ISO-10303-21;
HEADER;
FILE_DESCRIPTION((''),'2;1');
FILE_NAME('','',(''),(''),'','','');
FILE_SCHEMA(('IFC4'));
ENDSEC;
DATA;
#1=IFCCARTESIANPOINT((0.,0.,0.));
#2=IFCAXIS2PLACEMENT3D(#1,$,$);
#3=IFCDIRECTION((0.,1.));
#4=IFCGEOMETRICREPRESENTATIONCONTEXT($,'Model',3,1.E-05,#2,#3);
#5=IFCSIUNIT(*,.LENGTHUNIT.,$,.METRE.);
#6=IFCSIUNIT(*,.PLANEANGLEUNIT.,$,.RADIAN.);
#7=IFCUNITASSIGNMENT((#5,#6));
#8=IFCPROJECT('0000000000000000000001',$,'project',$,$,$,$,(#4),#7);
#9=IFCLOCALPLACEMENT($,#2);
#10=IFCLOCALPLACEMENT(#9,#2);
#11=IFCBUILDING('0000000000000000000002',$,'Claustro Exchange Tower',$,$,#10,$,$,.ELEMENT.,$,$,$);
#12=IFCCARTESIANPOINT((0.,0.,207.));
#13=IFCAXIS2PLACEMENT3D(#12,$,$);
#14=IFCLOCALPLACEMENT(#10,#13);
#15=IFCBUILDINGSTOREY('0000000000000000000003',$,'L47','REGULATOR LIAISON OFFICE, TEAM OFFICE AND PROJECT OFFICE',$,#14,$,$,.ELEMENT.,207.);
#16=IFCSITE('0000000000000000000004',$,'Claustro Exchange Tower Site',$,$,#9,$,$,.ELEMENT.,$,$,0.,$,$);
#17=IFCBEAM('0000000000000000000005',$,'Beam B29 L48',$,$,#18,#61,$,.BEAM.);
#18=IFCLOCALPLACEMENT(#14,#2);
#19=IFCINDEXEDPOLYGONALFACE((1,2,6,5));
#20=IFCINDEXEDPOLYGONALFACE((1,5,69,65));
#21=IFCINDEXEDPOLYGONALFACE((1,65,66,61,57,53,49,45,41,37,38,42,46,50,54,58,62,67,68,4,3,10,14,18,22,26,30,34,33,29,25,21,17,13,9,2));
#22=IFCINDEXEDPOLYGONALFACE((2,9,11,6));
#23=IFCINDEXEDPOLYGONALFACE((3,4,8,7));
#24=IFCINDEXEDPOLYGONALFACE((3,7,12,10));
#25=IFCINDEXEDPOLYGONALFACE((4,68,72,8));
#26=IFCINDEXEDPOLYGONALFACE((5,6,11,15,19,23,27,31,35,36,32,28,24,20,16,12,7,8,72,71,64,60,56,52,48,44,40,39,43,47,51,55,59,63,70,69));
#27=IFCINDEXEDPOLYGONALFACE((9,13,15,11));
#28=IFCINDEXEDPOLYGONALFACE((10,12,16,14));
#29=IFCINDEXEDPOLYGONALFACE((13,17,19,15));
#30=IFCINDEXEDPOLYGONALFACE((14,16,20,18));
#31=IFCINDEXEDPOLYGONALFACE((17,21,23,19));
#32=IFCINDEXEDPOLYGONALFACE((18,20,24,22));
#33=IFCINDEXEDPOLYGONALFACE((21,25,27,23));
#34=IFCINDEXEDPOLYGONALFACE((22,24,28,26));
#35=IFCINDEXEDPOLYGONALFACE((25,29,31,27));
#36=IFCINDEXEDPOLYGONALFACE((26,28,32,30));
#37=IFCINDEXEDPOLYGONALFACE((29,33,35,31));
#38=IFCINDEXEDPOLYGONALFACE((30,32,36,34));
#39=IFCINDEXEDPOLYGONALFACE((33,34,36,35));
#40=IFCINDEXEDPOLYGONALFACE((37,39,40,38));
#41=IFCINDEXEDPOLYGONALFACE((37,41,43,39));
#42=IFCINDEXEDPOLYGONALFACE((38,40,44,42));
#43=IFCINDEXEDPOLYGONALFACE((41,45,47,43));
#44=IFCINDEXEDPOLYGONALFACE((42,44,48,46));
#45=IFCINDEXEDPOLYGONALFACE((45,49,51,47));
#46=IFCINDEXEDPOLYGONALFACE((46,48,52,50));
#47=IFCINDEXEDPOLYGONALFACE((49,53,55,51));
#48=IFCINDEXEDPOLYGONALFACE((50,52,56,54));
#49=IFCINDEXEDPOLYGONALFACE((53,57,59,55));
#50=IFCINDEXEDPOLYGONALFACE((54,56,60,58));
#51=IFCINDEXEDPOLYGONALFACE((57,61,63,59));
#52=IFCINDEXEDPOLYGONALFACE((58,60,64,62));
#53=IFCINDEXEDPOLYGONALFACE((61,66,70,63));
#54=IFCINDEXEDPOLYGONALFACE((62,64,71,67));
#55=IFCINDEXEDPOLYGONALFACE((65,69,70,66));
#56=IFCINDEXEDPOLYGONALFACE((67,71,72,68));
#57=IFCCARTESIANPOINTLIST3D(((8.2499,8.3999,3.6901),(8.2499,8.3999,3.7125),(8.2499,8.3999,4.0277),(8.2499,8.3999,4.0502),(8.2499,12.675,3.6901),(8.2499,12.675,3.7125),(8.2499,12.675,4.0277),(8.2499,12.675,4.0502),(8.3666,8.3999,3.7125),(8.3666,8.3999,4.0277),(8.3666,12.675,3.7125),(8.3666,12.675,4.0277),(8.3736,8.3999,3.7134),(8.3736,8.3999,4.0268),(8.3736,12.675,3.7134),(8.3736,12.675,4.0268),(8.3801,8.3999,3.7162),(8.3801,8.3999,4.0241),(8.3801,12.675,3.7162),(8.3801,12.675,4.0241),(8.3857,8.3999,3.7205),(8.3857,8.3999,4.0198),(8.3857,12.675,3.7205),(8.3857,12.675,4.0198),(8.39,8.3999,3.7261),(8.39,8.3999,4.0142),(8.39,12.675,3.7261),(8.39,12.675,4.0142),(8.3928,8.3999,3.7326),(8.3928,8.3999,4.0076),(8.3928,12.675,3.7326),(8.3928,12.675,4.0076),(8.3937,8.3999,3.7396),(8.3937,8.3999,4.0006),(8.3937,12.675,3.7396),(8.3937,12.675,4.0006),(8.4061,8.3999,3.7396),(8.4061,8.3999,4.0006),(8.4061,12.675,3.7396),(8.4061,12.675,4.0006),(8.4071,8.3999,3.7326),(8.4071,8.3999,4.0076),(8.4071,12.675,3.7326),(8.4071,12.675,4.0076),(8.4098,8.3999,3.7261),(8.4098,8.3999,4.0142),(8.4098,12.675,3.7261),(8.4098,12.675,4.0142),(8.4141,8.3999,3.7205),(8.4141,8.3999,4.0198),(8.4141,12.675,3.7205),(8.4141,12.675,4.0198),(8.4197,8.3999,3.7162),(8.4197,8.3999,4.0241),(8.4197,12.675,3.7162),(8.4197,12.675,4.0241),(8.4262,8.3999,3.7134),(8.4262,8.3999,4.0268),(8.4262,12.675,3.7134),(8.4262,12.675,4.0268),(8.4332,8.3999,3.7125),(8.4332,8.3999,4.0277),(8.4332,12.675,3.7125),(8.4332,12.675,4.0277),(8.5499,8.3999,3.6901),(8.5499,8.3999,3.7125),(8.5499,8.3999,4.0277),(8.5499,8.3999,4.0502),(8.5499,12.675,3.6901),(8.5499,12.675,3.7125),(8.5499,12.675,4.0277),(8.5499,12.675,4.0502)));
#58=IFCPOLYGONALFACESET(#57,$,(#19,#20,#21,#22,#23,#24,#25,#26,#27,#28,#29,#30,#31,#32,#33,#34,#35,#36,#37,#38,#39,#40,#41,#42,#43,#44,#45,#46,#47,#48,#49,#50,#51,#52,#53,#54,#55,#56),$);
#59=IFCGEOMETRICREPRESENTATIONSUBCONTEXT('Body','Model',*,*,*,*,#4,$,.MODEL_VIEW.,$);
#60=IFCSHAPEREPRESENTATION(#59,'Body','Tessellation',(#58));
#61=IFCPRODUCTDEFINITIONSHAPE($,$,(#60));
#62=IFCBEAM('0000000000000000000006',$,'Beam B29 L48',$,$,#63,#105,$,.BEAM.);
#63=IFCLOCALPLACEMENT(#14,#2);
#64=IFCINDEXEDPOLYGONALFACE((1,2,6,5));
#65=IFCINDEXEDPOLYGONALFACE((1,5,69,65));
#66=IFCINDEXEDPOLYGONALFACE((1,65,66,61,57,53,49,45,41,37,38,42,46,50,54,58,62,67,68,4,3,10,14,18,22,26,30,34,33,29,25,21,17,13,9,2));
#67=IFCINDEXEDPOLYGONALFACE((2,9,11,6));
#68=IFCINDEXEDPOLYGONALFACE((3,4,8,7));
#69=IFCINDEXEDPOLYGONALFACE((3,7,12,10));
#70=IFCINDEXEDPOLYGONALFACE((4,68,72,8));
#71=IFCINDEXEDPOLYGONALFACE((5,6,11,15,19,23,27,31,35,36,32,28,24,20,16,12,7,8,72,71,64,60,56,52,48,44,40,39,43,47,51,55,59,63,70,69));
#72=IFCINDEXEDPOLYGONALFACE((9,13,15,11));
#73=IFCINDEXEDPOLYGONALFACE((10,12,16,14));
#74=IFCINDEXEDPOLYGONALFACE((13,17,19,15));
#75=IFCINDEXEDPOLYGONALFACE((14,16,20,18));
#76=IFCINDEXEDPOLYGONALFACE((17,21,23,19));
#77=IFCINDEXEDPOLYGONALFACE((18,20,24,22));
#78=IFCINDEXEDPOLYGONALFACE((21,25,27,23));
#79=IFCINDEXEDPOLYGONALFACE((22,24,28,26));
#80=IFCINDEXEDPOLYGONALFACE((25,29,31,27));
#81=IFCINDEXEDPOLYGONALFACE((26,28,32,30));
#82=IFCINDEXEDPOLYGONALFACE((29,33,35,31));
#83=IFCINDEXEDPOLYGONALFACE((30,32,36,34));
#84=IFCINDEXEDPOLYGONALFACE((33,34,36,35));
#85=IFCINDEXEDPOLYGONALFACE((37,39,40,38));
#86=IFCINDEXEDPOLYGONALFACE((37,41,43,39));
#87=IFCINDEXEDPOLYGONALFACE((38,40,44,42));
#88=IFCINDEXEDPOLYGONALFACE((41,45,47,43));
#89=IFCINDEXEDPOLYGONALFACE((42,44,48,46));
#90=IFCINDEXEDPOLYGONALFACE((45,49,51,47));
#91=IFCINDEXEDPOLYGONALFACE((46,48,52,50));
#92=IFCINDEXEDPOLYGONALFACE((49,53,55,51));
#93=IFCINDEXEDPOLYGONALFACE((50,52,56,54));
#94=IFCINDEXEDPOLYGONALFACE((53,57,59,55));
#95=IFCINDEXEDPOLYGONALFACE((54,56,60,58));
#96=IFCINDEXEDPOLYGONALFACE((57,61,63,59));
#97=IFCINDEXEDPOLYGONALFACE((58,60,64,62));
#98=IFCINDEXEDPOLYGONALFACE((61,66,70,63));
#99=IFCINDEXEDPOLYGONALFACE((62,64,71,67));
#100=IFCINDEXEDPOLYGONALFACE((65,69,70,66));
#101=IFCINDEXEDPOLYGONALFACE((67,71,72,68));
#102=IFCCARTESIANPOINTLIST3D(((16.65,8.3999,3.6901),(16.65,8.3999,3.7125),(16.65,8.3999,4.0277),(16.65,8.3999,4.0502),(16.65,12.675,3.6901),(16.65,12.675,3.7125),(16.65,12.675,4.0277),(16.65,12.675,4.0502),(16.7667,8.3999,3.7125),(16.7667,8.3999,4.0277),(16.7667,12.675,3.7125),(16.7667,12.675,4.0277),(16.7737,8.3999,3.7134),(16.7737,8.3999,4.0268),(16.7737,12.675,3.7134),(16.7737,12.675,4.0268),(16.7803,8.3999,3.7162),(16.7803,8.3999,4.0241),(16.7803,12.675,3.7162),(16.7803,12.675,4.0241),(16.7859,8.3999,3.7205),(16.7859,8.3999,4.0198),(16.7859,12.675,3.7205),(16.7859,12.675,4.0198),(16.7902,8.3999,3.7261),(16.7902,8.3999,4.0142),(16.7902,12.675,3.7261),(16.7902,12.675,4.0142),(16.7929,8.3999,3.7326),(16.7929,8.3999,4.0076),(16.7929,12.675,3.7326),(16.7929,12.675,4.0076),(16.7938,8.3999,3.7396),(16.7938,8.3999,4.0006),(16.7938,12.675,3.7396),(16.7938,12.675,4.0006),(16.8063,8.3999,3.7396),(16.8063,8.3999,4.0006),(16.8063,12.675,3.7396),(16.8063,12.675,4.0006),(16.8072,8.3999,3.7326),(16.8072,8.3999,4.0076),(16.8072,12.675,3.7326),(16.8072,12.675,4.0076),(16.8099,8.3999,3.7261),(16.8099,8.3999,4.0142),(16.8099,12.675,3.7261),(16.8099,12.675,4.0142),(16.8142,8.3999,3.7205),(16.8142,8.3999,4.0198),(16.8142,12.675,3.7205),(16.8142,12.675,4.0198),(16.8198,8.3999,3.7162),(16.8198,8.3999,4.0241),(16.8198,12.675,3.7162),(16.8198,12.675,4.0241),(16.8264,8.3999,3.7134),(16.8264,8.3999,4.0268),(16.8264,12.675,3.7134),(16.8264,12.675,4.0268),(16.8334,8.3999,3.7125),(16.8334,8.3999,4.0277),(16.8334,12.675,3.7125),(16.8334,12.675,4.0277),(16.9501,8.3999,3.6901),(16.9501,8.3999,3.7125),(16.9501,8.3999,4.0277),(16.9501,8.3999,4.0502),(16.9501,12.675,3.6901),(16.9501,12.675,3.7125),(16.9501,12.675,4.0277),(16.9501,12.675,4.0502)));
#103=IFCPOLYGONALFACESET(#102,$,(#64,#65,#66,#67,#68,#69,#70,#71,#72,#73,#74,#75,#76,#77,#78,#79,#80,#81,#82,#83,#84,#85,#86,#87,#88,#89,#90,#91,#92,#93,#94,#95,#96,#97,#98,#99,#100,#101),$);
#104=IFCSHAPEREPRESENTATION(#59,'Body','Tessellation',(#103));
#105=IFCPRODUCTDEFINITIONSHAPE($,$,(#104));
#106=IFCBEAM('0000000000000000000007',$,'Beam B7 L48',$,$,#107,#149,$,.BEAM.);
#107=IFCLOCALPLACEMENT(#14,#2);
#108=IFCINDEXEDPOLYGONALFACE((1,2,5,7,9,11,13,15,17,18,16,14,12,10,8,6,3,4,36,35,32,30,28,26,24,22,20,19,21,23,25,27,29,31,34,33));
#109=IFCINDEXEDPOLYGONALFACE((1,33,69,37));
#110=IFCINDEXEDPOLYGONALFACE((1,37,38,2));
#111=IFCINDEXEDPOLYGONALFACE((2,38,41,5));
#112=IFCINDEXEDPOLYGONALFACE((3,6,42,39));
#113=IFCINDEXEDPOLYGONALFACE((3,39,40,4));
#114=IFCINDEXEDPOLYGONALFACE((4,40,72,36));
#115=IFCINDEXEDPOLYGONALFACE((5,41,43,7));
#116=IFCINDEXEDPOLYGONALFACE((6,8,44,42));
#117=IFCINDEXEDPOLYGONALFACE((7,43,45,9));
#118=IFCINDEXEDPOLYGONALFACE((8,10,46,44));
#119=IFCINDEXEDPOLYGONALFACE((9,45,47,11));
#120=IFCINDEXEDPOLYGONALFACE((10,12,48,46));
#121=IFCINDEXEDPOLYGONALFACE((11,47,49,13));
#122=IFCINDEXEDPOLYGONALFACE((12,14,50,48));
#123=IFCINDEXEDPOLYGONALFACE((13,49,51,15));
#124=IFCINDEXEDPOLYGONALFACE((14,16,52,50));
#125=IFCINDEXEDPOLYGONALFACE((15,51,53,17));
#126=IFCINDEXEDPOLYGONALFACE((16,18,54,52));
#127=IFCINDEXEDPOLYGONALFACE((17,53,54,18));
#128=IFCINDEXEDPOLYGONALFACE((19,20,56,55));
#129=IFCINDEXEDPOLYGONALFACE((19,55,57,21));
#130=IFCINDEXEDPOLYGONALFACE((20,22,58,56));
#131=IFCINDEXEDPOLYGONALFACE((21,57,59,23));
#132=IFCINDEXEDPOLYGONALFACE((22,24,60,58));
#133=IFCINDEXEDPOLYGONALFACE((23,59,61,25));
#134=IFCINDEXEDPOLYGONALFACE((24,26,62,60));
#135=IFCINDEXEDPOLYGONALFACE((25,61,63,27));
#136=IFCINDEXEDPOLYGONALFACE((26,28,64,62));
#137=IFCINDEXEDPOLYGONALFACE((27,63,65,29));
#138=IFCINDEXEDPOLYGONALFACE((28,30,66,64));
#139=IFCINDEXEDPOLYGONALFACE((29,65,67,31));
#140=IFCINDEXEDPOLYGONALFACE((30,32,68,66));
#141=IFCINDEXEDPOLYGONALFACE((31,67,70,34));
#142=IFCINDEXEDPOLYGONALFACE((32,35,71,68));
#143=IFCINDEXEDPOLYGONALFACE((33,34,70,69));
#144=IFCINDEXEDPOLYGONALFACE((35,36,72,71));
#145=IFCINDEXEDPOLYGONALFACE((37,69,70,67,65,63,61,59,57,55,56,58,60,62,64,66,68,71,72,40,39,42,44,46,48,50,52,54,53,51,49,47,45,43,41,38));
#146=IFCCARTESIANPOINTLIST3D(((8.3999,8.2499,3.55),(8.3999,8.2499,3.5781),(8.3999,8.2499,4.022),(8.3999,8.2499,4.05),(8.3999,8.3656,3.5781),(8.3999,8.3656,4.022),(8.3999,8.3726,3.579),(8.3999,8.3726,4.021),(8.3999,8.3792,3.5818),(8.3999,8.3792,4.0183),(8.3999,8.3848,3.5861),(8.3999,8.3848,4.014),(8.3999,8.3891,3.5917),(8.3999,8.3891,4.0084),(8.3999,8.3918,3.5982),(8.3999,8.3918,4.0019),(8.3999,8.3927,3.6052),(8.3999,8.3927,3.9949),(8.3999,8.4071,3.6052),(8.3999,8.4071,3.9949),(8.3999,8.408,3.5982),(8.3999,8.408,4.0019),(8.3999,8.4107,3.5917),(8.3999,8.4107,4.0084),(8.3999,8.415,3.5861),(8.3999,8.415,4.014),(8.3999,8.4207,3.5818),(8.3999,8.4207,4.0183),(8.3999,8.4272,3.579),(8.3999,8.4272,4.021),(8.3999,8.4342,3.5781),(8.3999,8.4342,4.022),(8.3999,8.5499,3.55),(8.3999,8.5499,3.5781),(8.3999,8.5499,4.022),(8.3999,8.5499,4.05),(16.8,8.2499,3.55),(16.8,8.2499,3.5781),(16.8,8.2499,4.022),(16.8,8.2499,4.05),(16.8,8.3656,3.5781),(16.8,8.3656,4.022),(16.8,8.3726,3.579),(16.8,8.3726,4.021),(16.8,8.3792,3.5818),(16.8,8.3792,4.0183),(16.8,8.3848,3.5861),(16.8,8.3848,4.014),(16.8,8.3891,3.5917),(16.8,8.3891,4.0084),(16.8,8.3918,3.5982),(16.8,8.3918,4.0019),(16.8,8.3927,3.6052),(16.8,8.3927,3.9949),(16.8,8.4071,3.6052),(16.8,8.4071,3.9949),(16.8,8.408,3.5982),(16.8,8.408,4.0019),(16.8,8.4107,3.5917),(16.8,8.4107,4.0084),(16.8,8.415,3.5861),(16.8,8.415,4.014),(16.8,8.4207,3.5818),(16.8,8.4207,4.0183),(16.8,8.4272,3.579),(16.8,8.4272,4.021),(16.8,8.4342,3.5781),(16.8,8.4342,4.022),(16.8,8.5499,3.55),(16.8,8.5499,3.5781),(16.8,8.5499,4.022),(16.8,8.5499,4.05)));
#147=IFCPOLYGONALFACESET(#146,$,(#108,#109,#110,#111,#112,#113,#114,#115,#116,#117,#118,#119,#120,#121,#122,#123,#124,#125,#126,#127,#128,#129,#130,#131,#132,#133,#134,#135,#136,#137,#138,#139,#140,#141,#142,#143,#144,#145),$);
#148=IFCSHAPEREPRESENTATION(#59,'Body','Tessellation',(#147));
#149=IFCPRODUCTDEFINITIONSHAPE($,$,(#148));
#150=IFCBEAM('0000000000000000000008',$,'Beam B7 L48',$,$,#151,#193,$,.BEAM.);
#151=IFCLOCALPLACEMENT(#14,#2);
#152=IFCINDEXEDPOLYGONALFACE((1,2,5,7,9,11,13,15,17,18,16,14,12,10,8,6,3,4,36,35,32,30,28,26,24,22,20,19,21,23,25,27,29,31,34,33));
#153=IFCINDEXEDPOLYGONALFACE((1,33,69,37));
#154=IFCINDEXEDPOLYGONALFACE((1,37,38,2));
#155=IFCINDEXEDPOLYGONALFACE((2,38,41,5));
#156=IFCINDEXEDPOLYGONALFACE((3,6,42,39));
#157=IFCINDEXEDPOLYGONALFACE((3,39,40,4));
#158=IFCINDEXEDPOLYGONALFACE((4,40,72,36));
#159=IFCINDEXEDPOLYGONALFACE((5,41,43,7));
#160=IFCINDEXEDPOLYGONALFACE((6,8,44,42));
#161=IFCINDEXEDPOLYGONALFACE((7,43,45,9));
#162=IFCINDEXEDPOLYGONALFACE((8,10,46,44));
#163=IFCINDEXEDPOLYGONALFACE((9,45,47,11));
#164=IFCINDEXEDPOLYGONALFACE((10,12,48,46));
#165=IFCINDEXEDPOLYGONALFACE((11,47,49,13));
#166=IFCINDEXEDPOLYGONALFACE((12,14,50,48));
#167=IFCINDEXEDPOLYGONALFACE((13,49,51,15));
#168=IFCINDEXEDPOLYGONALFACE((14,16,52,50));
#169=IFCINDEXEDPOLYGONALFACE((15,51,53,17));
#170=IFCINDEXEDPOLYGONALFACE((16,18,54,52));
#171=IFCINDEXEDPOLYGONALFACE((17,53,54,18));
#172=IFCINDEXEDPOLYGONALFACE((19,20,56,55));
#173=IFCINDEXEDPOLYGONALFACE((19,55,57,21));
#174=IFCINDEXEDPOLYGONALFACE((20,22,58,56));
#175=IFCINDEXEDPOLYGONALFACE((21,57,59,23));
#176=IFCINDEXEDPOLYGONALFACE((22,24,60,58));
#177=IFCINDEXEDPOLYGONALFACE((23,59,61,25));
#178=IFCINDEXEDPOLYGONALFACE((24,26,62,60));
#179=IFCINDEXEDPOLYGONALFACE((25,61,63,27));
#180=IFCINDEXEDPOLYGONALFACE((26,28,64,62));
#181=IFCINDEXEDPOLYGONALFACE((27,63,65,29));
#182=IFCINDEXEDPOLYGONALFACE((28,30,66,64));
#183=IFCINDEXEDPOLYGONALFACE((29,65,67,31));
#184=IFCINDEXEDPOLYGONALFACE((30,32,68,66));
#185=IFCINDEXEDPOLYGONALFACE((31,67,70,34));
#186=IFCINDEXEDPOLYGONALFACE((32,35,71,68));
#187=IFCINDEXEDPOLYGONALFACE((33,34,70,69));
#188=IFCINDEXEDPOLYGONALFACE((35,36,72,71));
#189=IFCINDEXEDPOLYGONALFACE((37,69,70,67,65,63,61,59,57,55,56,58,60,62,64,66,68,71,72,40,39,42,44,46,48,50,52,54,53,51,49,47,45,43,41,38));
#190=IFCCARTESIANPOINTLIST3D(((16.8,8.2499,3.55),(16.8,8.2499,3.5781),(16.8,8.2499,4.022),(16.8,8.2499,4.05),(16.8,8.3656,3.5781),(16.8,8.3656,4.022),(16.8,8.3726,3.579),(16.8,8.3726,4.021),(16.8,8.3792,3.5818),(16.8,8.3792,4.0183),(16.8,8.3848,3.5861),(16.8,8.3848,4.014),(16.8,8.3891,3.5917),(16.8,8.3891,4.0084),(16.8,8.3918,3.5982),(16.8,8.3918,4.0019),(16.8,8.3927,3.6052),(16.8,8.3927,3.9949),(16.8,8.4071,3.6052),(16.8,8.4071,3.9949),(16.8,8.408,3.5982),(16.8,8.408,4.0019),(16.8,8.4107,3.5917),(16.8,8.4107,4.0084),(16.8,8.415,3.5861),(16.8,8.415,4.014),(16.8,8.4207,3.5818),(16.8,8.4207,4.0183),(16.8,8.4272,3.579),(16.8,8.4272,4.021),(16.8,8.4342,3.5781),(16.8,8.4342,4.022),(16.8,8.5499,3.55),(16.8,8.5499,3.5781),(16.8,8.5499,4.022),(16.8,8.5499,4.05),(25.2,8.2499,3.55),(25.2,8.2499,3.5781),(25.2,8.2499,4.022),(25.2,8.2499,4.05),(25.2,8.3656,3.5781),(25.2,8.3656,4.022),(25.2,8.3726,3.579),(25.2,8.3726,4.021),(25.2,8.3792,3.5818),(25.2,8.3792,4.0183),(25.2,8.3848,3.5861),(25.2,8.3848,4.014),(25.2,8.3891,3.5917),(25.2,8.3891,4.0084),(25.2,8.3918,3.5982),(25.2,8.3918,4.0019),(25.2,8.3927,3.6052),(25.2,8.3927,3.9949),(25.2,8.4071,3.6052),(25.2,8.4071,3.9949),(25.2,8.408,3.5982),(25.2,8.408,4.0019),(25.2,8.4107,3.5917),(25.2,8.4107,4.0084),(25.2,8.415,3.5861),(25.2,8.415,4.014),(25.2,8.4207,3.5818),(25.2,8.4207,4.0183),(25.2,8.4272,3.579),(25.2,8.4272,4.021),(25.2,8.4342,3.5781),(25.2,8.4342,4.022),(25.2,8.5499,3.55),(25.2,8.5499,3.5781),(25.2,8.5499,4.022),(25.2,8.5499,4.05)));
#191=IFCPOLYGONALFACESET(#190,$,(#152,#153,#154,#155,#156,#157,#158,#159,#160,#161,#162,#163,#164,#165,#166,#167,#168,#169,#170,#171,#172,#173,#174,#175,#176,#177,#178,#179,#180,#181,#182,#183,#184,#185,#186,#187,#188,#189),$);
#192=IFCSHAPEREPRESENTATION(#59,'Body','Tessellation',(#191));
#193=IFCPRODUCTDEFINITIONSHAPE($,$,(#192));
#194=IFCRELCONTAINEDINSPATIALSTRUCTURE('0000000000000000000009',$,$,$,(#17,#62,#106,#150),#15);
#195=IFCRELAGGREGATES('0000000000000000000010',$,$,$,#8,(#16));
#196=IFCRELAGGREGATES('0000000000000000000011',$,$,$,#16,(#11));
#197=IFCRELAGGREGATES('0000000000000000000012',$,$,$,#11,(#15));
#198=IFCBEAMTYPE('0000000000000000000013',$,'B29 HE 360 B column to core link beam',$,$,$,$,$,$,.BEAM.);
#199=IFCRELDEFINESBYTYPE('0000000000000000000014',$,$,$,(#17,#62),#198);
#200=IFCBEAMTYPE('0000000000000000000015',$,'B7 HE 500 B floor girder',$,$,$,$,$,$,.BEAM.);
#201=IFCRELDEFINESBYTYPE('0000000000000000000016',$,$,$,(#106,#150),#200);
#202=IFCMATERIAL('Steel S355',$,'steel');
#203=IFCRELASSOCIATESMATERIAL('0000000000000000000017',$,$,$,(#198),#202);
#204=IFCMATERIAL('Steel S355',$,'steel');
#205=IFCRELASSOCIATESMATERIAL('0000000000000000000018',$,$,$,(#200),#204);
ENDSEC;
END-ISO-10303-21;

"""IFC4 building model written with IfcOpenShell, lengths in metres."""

from ifc_helpers import new_model, si_unit, direction, frame, origin, origin_2d, place, context, subcontext, project, spatial, i_section, extrude, material, material_profile, profile_set, type_object, element, save


model = new_model("IFC4")

# Units and contexts
model_context = context("Model", 3, precision=1e-05, world=origin(), true_north=direction((0.0, 1.0)))
body_context = subcontext(model_context, "Body", "Model", "MODEL_VIEW")
ifc_project = project(units=[si_unit("LENGTHUNIT", "METRE"), si_unit("PLANEANGLEUNIT", "RADIAN")], contexts=[model_context])

# Site, building, storey
site_placement = place(None, origin())
site = spatial("IfcSite", under=ifc_project, at=site_placement, Name="Claustro Exchange Tower Site", CompositionType="ELEMENT", RefElevation=0.0)
building_placement = place(site_placement, origin())
building = spatial("IfcBuilding", under=site, at=building_placement, Name="Claustro Exchange Tower", CompositionType="ELEMENT")
storey_placement = place(building_placement, frame((0.0, 0.0, 207.0)))
storey = spatial("IfcBuildingStorey", under=building, at=storey_placement, Name="L47", Description="REGULATOR LIAISON OFFICE, TEAM OFFICE AND PROJECT OFFICE", CompositionType="ELEMENT", Elevation=207.0)

# Beams
ifc_material_1 = material(Name="Steel S355", Category="steel")
ifc_material_profile_1 = material_profile(ifc_material_1, i_section(OverallWidth=0.3, OverallDepth=0.3601, WebThickness=0.0125, FlangeThickness=0.0225, FilletRadius=0.0271, at=origin_2d()), Name="HE 360 B")
ifc_profile_set_1 = profile_set([ifc_material_profile_1], Name="Steel S355")
beam_type_1 = type_object("IfcBeamType", Name="B29 HE 360 B column to core link beam", PredefinedType="BEAM", material=ifc_profile_set_1)
for number, where, z_axis, x_axis, name in (
    (1, (8.3999, 8.3999, 3.8701), (0.0, 1.0, 0.0), (-1.0, 0.0, 0.0), "Beam B29 L48"),
    (2, (16.8, 8.3999, 3.8701), (0.0, 1.0, 0.0), (-1.0, 0.0, 0.0), "Beam B29 L48"),
):
    element("IfcBeam", number, at=place(storey_placement, frame(where, z_axis=z_axis, x_axis=x_axis)), inside=storey, type_object=beam_type_1, Name=name, PredefinedType="BEAM", context=body_context, shape_type="SweptSolid", body=[
        extrude(i_section(OverallWidth=0.3, OverallDepth=0.3601, WebThickness=0.0125, FlangeThickness=0.0225, FilletRadius=0.0271, at=origin_2d()), origin(), (0.0, 0.0, 1.0), 4.2751),
    ])
ifc_material_2 = material(Name="Steel S355", Category="steel")
ifc_material_profile_2 = material_profile(ifc_material_2, i_section(OverallWidth=0.3, OverallDepth=0.5, WebThickness=0.0144, FlangeThickness=0.0281, FilletRadius=0.0271, at=origin_2d()), Name="HE 500 B")
ifc_profile_set_2 = profile_set([ifc_material_profile_2], Name="Steel S355")
beam_type_2 = type_object("IfcBeamType", Name="B7 HE 500 B floor girder", PredefinedType="BEAM", material=ifc_profile_set_2)
beam_1_placement = place(storey_placement, frame((8.3999, 8.3999, 3.8), z_axis=(1.0, 0.0, 0.0), x_axis=(0.0, 1.0, 0.0)))
element("IfcBeam", 3, at=beam_1_placement, inside=storey, type_object=beam_type_2, Name="Beam B7 L48", PredefinedType="BEAM", context=body_context, shape_type="SweptSolid", body=[
    extrude(i_section(OverallWidth=0.3, OverallDepth=0.5, WebThickness=0.0144, FlangeThickness=0.0281, FilletRadius=0.0271, at=origin_2d()), origin(), (0.0, 0.0, 1.0), 8.4001),
])
beam_2_placement = place(storey_placement, frame((16.8, 8.3999, 3.8), z_axis=(1.0, 0.0, 0.0), x_axis=(0.0, 1.0, 0.0)))
element("IfcBeam", 4, at=beam_2_placement, inside=storey, type_object=beam_type_2, Name="Beam B7 L48", PredefinedType="BEAM", context=body_context, shape_type="SweptSolid", body=[
    extrude(i_section(OverallWidth=0.3, OverallDepth=0.5, WebThickness=0.0144, FlangeThickness=0.0281, FilletRadius=0.0271, at=origin_2d()), origin(), (0.0, 0.0, 1.0), 8.3999),
])

save(model, "model.ifc")
